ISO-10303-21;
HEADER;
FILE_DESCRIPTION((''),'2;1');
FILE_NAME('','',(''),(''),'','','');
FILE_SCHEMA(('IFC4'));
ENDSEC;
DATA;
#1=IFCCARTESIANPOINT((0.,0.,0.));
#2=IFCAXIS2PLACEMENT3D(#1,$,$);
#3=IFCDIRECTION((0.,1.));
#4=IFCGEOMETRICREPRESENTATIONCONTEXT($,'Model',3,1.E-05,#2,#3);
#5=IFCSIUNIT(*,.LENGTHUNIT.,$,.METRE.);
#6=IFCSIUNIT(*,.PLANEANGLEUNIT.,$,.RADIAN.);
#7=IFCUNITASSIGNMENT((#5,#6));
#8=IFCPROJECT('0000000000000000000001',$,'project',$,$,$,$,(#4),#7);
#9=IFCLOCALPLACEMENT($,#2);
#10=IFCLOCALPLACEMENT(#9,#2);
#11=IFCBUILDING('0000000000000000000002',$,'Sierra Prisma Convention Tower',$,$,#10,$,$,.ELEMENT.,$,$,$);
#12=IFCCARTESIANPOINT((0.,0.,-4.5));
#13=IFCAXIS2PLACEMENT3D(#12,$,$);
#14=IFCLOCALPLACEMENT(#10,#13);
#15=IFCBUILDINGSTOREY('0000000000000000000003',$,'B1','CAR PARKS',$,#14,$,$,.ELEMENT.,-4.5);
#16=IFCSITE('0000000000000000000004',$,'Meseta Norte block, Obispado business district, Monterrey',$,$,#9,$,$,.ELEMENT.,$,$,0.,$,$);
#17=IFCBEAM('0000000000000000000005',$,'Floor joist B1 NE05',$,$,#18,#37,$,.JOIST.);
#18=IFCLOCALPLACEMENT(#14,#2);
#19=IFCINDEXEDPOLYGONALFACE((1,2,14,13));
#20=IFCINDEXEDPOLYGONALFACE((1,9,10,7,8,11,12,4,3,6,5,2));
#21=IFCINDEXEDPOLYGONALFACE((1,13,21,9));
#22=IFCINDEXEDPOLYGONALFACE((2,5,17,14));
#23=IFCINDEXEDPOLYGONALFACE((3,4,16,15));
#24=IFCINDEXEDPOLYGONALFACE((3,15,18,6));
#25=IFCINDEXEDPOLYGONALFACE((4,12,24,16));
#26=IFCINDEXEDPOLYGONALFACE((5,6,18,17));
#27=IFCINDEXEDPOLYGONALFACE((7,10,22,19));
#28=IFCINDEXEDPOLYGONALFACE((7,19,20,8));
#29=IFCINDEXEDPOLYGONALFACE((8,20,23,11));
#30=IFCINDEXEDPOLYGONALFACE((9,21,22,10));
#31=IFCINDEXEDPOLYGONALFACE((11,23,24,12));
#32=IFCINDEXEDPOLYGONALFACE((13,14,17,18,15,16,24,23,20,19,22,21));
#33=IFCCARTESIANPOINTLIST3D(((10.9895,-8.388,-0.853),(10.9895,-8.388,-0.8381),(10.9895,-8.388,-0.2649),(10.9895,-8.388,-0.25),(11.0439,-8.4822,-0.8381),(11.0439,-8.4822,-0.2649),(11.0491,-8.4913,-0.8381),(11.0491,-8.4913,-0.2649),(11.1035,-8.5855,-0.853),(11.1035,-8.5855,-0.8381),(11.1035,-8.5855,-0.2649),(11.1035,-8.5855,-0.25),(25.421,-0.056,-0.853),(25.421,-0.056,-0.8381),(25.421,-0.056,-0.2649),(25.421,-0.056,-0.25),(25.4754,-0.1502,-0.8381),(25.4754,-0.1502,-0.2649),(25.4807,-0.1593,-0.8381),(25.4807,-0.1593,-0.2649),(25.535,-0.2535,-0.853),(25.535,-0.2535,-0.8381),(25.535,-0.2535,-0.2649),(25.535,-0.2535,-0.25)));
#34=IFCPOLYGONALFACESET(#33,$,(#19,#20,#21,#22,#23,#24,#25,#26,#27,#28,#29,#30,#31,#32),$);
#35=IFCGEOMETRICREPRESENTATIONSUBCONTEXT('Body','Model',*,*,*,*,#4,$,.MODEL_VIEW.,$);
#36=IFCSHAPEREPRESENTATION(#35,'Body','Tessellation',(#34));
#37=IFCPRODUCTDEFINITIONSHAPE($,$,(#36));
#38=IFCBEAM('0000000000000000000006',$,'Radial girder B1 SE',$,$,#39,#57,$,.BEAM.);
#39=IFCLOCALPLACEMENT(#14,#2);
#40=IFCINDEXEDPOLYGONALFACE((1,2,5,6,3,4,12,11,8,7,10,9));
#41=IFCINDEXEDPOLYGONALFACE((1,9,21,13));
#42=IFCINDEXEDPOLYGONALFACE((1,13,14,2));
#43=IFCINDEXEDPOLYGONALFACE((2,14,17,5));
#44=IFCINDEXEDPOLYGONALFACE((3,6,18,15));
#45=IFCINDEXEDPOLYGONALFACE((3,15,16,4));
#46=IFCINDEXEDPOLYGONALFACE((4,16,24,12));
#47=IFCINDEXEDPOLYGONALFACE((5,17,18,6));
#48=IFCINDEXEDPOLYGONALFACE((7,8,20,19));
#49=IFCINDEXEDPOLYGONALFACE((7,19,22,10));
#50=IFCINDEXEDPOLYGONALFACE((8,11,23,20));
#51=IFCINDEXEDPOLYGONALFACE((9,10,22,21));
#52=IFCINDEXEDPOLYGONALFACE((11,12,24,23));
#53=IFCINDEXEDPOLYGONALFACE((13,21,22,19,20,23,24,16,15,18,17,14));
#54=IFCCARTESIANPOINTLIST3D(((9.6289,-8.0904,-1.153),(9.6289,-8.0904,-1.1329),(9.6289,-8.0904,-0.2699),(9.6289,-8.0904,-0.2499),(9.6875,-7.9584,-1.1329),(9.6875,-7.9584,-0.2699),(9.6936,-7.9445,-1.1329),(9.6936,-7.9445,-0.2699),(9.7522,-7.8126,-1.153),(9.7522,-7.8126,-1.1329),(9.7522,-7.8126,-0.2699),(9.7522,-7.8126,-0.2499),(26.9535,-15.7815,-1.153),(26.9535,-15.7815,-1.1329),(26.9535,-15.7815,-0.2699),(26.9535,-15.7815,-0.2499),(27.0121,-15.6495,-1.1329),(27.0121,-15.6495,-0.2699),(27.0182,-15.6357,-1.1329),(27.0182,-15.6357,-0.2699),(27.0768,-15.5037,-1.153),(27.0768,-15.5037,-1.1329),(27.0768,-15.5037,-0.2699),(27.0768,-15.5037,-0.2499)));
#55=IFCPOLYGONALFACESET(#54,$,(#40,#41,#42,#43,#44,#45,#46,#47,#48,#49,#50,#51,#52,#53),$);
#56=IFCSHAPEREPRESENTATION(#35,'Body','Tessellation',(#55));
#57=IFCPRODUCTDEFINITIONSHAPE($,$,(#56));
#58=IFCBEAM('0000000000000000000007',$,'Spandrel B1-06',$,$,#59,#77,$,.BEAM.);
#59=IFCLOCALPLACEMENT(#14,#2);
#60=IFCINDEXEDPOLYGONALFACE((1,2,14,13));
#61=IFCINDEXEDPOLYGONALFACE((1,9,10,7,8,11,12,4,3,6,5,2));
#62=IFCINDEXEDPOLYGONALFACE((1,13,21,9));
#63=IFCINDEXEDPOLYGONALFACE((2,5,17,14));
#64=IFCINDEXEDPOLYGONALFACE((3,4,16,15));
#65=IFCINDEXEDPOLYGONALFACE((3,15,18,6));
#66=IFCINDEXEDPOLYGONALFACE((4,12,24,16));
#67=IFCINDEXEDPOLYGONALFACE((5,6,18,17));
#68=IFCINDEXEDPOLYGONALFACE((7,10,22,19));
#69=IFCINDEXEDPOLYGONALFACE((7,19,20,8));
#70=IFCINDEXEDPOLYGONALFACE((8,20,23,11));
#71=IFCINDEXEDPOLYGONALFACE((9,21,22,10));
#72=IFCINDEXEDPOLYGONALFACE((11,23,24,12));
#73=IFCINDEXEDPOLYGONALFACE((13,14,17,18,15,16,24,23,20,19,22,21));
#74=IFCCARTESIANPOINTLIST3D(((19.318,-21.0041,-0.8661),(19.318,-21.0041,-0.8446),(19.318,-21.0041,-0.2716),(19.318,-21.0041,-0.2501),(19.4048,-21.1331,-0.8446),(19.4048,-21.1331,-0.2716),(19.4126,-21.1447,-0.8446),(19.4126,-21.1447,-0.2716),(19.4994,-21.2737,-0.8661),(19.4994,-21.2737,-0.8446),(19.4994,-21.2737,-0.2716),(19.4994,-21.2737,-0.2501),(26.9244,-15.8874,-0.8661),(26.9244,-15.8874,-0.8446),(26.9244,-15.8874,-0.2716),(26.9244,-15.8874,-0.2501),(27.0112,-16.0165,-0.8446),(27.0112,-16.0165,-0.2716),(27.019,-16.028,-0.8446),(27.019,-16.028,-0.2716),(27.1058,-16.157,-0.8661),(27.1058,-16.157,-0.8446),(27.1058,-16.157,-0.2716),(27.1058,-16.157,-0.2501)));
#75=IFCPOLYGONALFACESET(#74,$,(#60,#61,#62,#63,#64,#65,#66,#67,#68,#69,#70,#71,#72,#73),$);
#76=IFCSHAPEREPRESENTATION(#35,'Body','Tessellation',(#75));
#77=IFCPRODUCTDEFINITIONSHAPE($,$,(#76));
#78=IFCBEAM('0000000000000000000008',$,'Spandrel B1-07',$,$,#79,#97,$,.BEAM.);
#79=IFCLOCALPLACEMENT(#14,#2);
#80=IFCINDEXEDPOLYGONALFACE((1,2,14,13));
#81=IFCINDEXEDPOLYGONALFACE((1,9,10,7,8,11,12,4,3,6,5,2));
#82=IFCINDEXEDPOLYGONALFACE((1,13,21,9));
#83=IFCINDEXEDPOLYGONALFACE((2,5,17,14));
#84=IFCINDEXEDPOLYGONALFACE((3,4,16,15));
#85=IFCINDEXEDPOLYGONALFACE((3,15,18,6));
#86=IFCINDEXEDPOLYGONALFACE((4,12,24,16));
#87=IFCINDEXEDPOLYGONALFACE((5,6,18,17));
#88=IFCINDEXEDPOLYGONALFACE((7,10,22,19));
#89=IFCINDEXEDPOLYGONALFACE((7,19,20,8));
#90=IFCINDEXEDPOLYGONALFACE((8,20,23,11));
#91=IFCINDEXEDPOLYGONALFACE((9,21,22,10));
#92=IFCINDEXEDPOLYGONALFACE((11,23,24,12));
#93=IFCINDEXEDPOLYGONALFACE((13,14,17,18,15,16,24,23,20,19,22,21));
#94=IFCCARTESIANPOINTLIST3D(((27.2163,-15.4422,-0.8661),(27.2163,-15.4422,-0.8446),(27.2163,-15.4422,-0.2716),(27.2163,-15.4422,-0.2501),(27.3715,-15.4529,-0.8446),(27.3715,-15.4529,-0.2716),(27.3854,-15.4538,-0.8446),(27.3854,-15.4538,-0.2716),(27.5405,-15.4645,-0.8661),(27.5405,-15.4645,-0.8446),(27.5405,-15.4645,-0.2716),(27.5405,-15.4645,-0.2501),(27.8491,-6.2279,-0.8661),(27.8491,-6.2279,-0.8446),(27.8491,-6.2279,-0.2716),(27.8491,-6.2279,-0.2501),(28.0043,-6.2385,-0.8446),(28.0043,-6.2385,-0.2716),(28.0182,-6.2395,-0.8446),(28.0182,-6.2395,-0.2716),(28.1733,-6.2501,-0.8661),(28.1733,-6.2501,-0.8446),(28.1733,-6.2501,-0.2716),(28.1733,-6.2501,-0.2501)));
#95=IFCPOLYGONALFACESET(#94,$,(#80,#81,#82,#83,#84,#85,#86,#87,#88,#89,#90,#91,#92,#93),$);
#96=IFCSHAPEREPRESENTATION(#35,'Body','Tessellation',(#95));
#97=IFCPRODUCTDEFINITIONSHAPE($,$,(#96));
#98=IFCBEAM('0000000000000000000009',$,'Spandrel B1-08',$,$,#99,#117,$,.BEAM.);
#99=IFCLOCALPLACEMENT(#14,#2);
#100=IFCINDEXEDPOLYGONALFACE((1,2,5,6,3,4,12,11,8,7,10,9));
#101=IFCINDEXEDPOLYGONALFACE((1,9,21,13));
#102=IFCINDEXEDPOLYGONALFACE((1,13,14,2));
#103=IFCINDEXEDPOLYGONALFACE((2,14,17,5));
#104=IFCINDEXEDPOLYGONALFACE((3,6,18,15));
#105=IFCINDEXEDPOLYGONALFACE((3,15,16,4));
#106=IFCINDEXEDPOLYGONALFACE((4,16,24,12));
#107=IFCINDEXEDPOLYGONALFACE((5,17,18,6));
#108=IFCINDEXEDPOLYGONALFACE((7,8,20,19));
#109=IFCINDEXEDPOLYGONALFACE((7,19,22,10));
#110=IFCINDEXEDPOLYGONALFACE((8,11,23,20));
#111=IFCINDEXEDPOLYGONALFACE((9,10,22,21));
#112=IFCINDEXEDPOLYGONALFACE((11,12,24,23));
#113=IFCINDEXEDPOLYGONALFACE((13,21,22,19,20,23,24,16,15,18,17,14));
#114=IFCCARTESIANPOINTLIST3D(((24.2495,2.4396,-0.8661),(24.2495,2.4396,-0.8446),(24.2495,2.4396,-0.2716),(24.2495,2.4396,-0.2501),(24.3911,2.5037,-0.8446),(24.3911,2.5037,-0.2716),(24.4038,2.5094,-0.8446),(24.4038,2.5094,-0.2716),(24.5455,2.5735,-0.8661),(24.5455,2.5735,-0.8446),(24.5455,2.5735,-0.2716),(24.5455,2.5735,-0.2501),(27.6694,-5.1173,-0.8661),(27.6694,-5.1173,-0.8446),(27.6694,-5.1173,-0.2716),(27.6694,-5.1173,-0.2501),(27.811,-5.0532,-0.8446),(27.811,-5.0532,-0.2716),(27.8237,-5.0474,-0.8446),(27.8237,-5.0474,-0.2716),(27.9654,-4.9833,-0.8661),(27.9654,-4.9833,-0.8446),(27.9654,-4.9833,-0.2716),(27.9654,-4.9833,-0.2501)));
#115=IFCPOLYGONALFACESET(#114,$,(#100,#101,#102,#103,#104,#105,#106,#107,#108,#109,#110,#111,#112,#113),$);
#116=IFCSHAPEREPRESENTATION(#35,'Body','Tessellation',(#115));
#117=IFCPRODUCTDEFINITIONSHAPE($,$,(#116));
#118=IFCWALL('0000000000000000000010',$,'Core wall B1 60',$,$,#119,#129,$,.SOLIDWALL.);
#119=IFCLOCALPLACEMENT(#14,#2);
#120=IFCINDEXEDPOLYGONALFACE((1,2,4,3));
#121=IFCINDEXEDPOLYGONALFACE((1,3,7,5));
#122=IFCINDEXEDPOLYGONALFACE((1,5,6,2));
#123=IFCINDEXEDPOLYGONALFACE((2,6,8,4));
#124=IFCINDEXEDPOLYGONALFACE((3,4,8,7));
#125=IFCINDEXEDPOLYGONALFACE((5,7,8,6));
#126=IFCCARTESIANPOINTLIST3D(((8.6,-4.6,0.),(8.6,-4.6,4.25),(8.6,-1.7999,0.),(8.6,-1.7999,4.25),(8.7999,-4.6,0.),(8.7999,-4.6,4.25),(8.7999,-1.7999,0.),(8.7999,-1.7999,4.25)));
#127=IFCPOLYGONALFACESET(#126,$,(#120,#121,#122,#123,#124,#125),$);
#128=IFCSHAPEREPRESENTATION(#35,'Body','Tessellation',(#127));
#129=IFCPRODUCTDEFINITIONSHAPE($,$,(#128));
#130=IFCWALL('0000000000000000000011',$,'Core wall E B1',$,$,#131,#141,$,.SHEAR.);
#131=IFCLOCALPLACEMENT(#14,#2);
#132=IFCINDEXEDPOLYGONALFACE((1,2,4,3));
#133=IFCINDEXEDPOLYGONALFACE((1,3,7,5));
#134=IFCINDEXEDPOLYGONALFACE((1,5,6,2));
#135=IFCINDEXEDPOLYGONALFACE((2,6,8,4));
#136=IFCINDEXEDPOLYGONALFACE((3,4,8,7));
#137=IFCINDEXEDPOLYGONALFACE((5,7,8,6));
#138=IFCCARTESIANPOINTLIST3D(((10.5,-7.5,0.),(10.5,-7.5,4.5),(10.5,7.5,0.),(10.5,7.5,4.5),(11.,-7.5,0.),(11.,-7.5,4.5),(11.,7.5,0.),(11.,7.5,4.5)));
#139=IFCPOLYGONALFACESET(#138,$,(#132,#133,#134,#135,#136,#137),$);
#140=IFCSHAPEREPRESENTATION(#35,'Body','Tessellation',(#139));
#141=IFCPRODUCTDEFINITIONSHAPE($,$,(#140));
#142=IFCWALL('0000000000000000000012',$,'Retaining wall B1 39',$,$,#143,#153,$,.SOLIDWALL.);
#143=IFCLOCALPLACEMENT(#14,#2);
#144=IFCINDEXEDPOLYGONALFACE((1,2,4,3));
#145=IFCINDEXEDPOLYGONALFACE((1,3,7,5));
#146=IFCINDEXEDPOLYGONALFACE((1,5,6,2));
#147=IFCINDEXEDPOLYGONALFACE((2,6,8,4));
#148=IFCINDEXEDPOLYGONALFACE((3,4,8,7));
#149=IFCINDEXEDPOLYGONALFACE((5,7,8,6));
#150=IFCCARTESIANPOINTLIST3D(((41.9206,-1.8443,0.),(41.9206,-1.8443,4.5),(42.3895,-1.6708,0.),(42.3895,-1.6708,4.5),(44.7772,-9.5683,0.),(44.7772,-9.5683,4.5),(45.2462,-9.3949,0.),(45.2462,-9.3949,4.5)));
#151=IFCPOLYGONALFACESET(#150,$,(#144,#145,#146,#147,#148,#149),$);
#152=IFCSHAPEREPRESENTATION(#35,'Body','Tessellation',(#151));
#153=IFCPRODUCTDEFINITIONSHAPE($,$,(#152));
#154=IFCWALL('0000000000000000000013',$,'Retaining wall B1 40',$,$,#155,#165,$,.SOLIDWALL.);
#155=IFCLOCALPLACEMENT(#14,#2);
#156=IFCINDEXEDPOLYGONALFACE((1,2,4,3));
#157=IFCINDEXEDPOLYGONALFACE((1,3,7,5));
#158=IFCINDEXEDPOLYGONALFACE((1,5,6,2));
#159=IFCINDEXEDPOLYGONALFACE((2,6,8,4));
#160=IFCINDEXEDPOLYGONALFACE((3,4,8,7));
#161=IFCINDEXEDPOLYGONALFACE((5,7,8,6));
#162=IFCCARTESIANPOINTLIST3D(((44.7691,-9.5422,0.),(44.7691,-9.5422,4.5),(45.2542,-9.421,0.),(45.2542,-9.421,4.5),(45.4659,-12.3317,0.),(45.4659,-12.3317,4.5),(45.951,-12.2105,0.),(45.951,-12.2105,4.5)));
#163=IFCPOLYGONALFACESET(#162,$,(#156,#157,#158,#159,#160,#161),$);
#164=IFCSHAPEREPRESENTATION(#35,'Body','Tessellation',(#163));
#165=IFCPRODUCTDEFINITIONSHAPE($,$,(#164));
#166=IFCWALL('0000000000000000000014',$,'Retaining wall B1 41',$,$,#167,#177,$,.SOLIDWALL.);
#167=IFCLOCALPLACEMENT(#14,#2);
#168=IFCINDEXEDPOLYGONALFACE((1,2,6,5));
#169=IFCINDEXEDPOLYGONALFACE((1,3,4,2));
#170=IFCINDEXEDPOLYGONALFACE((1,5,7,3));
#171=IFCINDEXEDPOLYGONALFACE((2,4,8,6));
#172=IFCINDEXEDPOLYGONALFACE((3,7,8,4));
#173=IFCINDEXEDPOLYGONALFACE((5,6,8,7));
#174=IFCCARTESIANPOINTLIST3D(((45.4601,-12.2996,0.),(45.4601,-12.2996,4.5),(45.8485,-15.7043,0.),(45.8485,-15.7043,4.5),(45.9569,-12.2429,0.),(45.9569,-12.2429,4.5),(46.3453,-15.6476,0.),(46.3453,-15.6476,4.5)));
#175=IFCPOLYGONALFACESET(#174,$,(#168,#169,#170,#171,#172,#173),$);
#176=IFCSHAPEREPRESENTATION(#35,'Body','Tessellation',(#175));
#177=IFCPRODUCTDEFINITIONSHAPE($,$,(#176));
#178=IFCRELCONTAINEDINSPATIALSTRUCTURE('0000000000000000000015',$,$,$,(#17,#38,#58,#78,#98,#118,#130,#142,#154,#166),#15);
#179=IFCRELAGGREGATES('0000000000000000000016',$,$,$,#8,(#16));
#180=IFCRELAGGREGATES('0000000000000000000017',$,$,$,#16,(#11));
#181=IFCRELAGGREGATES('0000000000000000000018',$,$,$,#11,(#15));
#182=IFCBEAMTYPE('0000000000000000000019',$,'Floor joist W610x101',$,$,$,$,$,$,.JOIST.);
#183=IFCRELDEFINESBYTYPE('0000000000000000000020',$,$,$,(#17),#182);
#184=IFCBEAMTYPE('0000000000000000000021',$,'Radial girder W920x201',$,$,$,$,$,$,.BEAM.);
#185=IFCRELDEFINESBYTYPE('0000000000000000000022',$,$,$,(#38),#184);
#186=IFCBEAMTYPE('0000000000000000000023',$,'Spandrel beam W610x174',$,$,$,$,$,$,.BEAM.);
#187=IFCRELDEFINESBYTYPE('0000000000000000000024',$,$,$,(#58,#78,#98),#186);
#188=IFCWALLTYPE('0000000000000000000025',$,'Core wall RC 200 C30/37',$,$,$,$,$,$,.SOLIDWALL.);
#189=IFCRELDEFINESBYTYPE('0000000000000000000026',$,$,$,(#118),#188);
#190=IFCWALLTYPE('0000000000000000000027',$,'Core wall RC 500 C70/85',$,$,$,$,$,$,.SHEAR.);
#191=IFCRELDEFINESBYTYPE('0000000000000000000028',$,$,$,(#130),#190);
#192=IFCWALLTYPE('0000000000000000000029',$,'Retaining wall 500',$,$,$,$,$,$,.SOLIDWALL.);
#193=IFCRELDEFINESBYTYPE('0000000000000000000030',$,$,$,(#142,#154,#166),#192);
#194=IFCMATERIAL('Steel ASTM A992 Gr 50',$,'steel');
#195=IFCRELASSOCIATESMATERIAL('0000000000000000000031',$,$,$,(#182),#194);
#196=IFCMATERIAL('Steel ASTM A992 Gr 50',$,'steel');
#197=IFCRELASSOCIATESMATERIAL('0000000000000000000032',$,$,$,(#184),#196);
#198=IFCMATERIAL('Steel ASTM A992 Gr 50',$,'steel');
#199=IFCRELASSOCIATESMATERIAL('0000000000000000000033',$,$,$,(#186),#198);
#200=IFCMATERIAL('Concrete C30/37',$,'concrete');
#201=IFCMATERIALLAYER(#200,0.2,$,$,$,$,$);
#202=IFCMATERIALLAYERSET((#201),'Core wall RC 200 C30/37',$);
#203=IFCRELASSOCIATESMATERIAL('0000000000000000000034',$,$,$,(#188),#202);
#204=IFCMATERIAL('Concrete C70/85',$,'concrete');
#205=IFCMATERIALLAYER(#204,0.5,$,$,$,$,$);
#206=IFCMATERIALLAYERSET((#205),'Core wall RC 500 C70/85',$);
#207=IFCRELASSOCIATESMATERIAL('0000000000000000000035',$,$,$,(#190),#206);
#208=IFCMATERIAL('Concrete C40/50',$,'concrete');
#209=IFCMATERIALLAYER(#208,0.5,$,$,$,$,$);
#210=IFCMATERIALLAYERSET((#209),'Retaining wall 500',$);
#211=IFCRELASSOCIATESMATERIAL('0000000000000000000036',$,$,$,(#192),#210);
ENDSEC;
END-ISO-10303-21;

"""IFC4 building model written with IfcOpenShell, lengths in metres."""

from ifc_helpers import new_model, si_unit, direction, frame, frame_2d, origin, origin_2d, place, context, subcontext, project, spatial, rectangle, i_section, extrude, material, layer, layer_set, material_profile, profile_set, type_object, element, save


model = new_model("IFC4")

# Units and contexts
model_context = context("Model", 3, precision=1e-05, world=origin(), true_north=direction((0.0, 1.0)))
body_context = subcontext(model_context, "Body", "Model", "MODEL_VIEW")
ifc_project = project(units=[si_unit("LENGTHUNIT", "METRE"), si_unit("PLANEANGLEUNIT", "RADIAN")], contexts=[model_context])

# Site, building, storey
site_placement = place(None, origin())
site = spatial("IfcSite", under=ifc_project, at=site_placement, Name="Meseta Norte block, Obispado business district, Monterrey", CompositionType="ELEMENT", RefElevation=0.0)
building_placement = place(site_placement, origin())
building = spatial("IfcBuilding", under=site, at=building_placement, Name="Sierra Prisma Convention Tower", CompositionType="ELEMENT")
storey_placement = place(building_placement, frame((0.0, 0.0, -4.5)))
storey = spatial("IfcBuildingStorey", under=building, at=storey_placement, Name="B1", Description="CAR PARKS", CompositionType="ELEMENT", Elevation=-4.5)

# Beams
ifc_material_1 = material(Name="Steel ASTM A992 Gr 50", Category="steel")
ifc_material_profile_1 = material_profile(ifc_material_1, i_section(OverallWidth=0.228, OverallDepth=0.603, WebThickness=0.0105, FlangeThickness=0.0149, at=origin_2d()), Name="W610x101")
ifc_profile_set_1 = profile_set([ifc_material_profile_1], Name="Steel ASTM A992 Gr 50")
beam_type_1 = type_object("IfcBeamType", Name="Floor joist W610x101", PredefinedType="JOIST", material=ifc_profile_set_1)
beam_1_placement = place(storey_placement, frame((25.478, -0.1548, -0.5515), z_axis=(-0.866027, -0.499996, 0.0), x_axis=(0.499996, -0.866027, 0.0)))
element("IfcBeam", 1, at=beam_1_placement, inside=storey, type_object=beam_type_1, Name="Floor joist B1 NE05", PredefinedType="JOIST", context=body_context, shape_type="SweptSolid", body=[
    extrude(i_section(OverallWidth=0.228, OverallDepth=0.603, WebThickness=0.0105, FlangeThickness=0.0149, at=origin_2d()), origin(), (0.0, 0.0, 1.0), 16.6641),
])
ifc_material_2 = material(Name="Steel ASTM A992 Gr 50", Category="steel")
ifc_material_profile_2 = material_profile(ifc_material_2, i_section(OverallWidth=0.304, OverallDepth=0.9031, WebThickness=0.0151, FlangeThickness=0.02, at=origin_2d()), Name="W920x201")
ifc_profile_set_2 = profile_set([ifc_material_profile_2], Name="Steel ASTM A992 Gr 50")
beam_type_2 = type_object("IfcBeamType", Name="Radial girder W920x201", PredefinedType="BEAM", material=ifc_profile_set_2)
beam_2_placement = place(storey_placement, frame((27.0151, -15.6426, -0.7014), z_axis=(-0.913982, 0.405755, 0.0), x_axis=(-0.405755, -0.913982, 0.0)))
element("IfcBeam", 2, at=beam_2_placement, inside=storey, type_object=beam_type_2, Name="Radial girder B1 SE", PredefinedType="BEAM", context=body_context, shape_type="SweptSolid", body=[
    extrude(i_section(OverallWidth=0.304, OverallDepth=0.9031, WebThickness=0.0151, FlangeThickness=0.02, at=origin_2d()), origin(), (0.0, 0.0, 1.0), 18.9551),
])
ifc_material_3 = material(Name="Steel ASTM A992 Gr 50", Category="steel")
ifc_material_profile_3 = material_profile(ifc_material_3, i_section(OverallWidth=0.325, OverallDepth=0.616, WebThickness=0.0139, FlangeThickness=0.0215, at=origin_2d()), Name="W610x174")
ifc_profile_set_3 = profile_set([ifc_material_profile_3], Name="Steel ASTM A992 Gr 50")
beam_type_3 = type_object("IfcBeamType", Name="Spandrel beam W610x174", PredefinedType="BEAM", material=ifc_profile_set_3)
beam_3_placement = place(storey_placement, frame((19.4087, -21.1389, -0.5581), z_axis=(0.82974, 0.558149, 0.0), x_axis=(-0.558149, 0.82974, 0.0)))
element("IfcBeam", 3, at=beam_3_placement, inside=storey, type_object=beam_type_3, Name="Spandrel B1-06", PredefinedType="BEAM", context=body_context, shape_type="SweptSolid", body=[
    extrude(i_section(OverallWidth=0.325, OverallDepth=0.616, WebThickness=0.0139, FlangeThickness=0.0215, at=origin_2d()), origin(), (0.0, 0.0, 1.0), 9.1672),
])
beam_4_placement = place(storey_placement, frame((27.3784, -15.4534, -0.5581), z_axis=(0.068515, 0.99765, 0.0), x_axis=(-0.99765, 0.068515, 0.0)))
element("IfcBeam", 4, at=beam_4_placement, inside=storey, type_object=beam_type_3, Name="Spandrel B1-07", PredefinedType="BEAM", context=body_context, shape_type="SweptSolid", body=[
    extrude(i_section(OverallWidth=0.325, OverallDepth=0.616, WebThickness=0.0139, FlangeThickness=0.0215, at=origin_2d()), origin(), (0.0, 0.0, 1.0), 9.2361),
])
beam_5_placement = place(storey_placement, frame((27.8174, -5.0503, -0.5581), z_axis=(-0.412301, 0.911048, 0.0), x_axis=(-0.911048, -0.412301, 0.0)))
element("IfcBeam", 5, at=beam_5_placement, inside=storey, type_object=beam_type_3, Name="Spandrel B1-08", PredefinedType="BEAM", context=body_context, shape_type="SweptSolid", body=[
    extrude(i_section(OverallWidth=0.325, OverallDepth=0.616, WebThickness=0.0139, FlangeThickness=0.0215, at=origin_2d()), origin(), (0.0, 0.0, 1.0), 8.2947),
])

# Wall
ifc_material_4 = material(Name="Concrete C30/37", Category="concrete")
ifc_layer_1 = layer(ifc_material_4, 0.2)
ifc_layer_set_1 = layer_set([ifc_layer_1], Name="Core wall RC 200 C30/37")
wall_type_1 = type_object("IfcWallType", Name="Core wall RC 200 C30/37", PredefinedType="SOLIDWALL", material=ifc_layer_set_1)
wall_1_placement = place(storey_placement, frame((8.7, -1.8, 0.0), z_axis=(0.0, 0.0, 1.0), x_axis=(0.0, -1.0, 0.0)))
element("IfcWall", 6, at=wall_1_placement, inside=storey, type_object=wall_type_1, Name="Core wall B1 60", PredefinedType="SOLIDWALL", context=body_context, shape_type="SweptSolid", body=[
    extrude(rectangle(XDim=2.8, YDim=0.2, at=frame_2d((1.3999, 0.0))), origin(), (0.0, 0.0, 1.0), 4.25),
])

# Walls
ifc_material_5 = material(Name="Concrete C70/85", Category="concrete")
ifc_layer_2 = layer(ifc_material_5, 0.5)
ifc_layer_set_2 = layer_set([ifc_layer_2], Name="Core wall RC 500 C70/85")
wall_type_2 = type_object("IfcWallType", Name="Core wall RC 500 C70/85", PredefinedType="SHEAR", material=ifc_layer_set_2)
wall_2_placement = place(storey_placement, frame((10.75, -7.5, 0.0), z_axis=(0.0, 0.0, 1.0), x_axis=(0.0, 1.0, 0.0)))
element("IfcWall", 7, at=wall_2_placement, inside=storey, type_object=wall_type_2, Name="Core wall E B1", PredefinedType="SHEAR", context=body_context, shape_type="SweptSolid", body=[
    extrude(rectangle(XDim=15.0, YDim=0.5, at=frame_2d((7.5, 0.0))), origin(), (0.0, 0.0, 1.0), 4.5),
])
ifc_material_6 = material(Name="Concrete C40/50", Category="concrete")
ifc_layer_3 = layer(ifc_material_6, 0.5)
ifc_layer_set_3 = layer_set([ifc_layer_3], Name="Retaining wall 500")
wall_type_3 = type_object("IfcWallType", Name="Retaining wall 500", PredefinedType="SOLIDWALL", material=ifc_layer_set_3)
wall_3_placement = place(storey_placement, frame((42.155, -1.7576, 0.0), z_axis=(0.0, 0.0, 1.0), x_axis=(0.346877, -0.937911, 0.0)))
element("IfcWall", 8, at=wall_3_placement, inside=storey, type_object=wall_type_3, Name="Retaining wall B1 39", PredefinedType="SOLIDWALL", context=body_context, shape_type="SweptSolid", body=[
    extrude(rectangle(XDim=8.2354, YDim=0.5, at=frame_2d((4.1177, 0.0))), origin(), (0.0, 0.0, 1.0), 4.5),
])
wall_4_placement = place(storey_placement, frame((45.0117, -9.4817, 0.0), z_axis=(0.0, 0.0, 1.0), x_axis=(0.242336, -0.970192, 0.0)))
element("IfcWall", 9, at=wall_4_placement, inside=storey, type_object=wall_type_3, Name="Retaining wall B1 40", PredefinedType="SOLIDWALL", context=body_context, shape_type="SweptSolid", body=[
    extrude(rectangle(XDim=2.8752, YDim=0.5, at=frame_2d((1.4375, 0.0))), origin(), (0.0, 0.0, 1.0), 4.5),
])
wall_5_placement = place(storey_placement, frame((45.7085, -12.2712, 0.0), z_axis=(0.0, 0.0, 1.0), x_axis=(0.113348, -0.993555, 0.0)))
element("IfcWall", 10, at=wall_5_placement, inside=storey, type_object=wall_type_3, Name="Retaining wall B1 41", PredefinedType="SOLIDWALL", context=body_context, shape_type="SweptSolid", body=[
    extrude(rectangle(XDim=3.4268, YDim=0.5, at=frame_2d((1.7134, 0.0))), origin(), (0.0, 0.0, 1.0), 4.5),
])

save(model, "model.ifc")
